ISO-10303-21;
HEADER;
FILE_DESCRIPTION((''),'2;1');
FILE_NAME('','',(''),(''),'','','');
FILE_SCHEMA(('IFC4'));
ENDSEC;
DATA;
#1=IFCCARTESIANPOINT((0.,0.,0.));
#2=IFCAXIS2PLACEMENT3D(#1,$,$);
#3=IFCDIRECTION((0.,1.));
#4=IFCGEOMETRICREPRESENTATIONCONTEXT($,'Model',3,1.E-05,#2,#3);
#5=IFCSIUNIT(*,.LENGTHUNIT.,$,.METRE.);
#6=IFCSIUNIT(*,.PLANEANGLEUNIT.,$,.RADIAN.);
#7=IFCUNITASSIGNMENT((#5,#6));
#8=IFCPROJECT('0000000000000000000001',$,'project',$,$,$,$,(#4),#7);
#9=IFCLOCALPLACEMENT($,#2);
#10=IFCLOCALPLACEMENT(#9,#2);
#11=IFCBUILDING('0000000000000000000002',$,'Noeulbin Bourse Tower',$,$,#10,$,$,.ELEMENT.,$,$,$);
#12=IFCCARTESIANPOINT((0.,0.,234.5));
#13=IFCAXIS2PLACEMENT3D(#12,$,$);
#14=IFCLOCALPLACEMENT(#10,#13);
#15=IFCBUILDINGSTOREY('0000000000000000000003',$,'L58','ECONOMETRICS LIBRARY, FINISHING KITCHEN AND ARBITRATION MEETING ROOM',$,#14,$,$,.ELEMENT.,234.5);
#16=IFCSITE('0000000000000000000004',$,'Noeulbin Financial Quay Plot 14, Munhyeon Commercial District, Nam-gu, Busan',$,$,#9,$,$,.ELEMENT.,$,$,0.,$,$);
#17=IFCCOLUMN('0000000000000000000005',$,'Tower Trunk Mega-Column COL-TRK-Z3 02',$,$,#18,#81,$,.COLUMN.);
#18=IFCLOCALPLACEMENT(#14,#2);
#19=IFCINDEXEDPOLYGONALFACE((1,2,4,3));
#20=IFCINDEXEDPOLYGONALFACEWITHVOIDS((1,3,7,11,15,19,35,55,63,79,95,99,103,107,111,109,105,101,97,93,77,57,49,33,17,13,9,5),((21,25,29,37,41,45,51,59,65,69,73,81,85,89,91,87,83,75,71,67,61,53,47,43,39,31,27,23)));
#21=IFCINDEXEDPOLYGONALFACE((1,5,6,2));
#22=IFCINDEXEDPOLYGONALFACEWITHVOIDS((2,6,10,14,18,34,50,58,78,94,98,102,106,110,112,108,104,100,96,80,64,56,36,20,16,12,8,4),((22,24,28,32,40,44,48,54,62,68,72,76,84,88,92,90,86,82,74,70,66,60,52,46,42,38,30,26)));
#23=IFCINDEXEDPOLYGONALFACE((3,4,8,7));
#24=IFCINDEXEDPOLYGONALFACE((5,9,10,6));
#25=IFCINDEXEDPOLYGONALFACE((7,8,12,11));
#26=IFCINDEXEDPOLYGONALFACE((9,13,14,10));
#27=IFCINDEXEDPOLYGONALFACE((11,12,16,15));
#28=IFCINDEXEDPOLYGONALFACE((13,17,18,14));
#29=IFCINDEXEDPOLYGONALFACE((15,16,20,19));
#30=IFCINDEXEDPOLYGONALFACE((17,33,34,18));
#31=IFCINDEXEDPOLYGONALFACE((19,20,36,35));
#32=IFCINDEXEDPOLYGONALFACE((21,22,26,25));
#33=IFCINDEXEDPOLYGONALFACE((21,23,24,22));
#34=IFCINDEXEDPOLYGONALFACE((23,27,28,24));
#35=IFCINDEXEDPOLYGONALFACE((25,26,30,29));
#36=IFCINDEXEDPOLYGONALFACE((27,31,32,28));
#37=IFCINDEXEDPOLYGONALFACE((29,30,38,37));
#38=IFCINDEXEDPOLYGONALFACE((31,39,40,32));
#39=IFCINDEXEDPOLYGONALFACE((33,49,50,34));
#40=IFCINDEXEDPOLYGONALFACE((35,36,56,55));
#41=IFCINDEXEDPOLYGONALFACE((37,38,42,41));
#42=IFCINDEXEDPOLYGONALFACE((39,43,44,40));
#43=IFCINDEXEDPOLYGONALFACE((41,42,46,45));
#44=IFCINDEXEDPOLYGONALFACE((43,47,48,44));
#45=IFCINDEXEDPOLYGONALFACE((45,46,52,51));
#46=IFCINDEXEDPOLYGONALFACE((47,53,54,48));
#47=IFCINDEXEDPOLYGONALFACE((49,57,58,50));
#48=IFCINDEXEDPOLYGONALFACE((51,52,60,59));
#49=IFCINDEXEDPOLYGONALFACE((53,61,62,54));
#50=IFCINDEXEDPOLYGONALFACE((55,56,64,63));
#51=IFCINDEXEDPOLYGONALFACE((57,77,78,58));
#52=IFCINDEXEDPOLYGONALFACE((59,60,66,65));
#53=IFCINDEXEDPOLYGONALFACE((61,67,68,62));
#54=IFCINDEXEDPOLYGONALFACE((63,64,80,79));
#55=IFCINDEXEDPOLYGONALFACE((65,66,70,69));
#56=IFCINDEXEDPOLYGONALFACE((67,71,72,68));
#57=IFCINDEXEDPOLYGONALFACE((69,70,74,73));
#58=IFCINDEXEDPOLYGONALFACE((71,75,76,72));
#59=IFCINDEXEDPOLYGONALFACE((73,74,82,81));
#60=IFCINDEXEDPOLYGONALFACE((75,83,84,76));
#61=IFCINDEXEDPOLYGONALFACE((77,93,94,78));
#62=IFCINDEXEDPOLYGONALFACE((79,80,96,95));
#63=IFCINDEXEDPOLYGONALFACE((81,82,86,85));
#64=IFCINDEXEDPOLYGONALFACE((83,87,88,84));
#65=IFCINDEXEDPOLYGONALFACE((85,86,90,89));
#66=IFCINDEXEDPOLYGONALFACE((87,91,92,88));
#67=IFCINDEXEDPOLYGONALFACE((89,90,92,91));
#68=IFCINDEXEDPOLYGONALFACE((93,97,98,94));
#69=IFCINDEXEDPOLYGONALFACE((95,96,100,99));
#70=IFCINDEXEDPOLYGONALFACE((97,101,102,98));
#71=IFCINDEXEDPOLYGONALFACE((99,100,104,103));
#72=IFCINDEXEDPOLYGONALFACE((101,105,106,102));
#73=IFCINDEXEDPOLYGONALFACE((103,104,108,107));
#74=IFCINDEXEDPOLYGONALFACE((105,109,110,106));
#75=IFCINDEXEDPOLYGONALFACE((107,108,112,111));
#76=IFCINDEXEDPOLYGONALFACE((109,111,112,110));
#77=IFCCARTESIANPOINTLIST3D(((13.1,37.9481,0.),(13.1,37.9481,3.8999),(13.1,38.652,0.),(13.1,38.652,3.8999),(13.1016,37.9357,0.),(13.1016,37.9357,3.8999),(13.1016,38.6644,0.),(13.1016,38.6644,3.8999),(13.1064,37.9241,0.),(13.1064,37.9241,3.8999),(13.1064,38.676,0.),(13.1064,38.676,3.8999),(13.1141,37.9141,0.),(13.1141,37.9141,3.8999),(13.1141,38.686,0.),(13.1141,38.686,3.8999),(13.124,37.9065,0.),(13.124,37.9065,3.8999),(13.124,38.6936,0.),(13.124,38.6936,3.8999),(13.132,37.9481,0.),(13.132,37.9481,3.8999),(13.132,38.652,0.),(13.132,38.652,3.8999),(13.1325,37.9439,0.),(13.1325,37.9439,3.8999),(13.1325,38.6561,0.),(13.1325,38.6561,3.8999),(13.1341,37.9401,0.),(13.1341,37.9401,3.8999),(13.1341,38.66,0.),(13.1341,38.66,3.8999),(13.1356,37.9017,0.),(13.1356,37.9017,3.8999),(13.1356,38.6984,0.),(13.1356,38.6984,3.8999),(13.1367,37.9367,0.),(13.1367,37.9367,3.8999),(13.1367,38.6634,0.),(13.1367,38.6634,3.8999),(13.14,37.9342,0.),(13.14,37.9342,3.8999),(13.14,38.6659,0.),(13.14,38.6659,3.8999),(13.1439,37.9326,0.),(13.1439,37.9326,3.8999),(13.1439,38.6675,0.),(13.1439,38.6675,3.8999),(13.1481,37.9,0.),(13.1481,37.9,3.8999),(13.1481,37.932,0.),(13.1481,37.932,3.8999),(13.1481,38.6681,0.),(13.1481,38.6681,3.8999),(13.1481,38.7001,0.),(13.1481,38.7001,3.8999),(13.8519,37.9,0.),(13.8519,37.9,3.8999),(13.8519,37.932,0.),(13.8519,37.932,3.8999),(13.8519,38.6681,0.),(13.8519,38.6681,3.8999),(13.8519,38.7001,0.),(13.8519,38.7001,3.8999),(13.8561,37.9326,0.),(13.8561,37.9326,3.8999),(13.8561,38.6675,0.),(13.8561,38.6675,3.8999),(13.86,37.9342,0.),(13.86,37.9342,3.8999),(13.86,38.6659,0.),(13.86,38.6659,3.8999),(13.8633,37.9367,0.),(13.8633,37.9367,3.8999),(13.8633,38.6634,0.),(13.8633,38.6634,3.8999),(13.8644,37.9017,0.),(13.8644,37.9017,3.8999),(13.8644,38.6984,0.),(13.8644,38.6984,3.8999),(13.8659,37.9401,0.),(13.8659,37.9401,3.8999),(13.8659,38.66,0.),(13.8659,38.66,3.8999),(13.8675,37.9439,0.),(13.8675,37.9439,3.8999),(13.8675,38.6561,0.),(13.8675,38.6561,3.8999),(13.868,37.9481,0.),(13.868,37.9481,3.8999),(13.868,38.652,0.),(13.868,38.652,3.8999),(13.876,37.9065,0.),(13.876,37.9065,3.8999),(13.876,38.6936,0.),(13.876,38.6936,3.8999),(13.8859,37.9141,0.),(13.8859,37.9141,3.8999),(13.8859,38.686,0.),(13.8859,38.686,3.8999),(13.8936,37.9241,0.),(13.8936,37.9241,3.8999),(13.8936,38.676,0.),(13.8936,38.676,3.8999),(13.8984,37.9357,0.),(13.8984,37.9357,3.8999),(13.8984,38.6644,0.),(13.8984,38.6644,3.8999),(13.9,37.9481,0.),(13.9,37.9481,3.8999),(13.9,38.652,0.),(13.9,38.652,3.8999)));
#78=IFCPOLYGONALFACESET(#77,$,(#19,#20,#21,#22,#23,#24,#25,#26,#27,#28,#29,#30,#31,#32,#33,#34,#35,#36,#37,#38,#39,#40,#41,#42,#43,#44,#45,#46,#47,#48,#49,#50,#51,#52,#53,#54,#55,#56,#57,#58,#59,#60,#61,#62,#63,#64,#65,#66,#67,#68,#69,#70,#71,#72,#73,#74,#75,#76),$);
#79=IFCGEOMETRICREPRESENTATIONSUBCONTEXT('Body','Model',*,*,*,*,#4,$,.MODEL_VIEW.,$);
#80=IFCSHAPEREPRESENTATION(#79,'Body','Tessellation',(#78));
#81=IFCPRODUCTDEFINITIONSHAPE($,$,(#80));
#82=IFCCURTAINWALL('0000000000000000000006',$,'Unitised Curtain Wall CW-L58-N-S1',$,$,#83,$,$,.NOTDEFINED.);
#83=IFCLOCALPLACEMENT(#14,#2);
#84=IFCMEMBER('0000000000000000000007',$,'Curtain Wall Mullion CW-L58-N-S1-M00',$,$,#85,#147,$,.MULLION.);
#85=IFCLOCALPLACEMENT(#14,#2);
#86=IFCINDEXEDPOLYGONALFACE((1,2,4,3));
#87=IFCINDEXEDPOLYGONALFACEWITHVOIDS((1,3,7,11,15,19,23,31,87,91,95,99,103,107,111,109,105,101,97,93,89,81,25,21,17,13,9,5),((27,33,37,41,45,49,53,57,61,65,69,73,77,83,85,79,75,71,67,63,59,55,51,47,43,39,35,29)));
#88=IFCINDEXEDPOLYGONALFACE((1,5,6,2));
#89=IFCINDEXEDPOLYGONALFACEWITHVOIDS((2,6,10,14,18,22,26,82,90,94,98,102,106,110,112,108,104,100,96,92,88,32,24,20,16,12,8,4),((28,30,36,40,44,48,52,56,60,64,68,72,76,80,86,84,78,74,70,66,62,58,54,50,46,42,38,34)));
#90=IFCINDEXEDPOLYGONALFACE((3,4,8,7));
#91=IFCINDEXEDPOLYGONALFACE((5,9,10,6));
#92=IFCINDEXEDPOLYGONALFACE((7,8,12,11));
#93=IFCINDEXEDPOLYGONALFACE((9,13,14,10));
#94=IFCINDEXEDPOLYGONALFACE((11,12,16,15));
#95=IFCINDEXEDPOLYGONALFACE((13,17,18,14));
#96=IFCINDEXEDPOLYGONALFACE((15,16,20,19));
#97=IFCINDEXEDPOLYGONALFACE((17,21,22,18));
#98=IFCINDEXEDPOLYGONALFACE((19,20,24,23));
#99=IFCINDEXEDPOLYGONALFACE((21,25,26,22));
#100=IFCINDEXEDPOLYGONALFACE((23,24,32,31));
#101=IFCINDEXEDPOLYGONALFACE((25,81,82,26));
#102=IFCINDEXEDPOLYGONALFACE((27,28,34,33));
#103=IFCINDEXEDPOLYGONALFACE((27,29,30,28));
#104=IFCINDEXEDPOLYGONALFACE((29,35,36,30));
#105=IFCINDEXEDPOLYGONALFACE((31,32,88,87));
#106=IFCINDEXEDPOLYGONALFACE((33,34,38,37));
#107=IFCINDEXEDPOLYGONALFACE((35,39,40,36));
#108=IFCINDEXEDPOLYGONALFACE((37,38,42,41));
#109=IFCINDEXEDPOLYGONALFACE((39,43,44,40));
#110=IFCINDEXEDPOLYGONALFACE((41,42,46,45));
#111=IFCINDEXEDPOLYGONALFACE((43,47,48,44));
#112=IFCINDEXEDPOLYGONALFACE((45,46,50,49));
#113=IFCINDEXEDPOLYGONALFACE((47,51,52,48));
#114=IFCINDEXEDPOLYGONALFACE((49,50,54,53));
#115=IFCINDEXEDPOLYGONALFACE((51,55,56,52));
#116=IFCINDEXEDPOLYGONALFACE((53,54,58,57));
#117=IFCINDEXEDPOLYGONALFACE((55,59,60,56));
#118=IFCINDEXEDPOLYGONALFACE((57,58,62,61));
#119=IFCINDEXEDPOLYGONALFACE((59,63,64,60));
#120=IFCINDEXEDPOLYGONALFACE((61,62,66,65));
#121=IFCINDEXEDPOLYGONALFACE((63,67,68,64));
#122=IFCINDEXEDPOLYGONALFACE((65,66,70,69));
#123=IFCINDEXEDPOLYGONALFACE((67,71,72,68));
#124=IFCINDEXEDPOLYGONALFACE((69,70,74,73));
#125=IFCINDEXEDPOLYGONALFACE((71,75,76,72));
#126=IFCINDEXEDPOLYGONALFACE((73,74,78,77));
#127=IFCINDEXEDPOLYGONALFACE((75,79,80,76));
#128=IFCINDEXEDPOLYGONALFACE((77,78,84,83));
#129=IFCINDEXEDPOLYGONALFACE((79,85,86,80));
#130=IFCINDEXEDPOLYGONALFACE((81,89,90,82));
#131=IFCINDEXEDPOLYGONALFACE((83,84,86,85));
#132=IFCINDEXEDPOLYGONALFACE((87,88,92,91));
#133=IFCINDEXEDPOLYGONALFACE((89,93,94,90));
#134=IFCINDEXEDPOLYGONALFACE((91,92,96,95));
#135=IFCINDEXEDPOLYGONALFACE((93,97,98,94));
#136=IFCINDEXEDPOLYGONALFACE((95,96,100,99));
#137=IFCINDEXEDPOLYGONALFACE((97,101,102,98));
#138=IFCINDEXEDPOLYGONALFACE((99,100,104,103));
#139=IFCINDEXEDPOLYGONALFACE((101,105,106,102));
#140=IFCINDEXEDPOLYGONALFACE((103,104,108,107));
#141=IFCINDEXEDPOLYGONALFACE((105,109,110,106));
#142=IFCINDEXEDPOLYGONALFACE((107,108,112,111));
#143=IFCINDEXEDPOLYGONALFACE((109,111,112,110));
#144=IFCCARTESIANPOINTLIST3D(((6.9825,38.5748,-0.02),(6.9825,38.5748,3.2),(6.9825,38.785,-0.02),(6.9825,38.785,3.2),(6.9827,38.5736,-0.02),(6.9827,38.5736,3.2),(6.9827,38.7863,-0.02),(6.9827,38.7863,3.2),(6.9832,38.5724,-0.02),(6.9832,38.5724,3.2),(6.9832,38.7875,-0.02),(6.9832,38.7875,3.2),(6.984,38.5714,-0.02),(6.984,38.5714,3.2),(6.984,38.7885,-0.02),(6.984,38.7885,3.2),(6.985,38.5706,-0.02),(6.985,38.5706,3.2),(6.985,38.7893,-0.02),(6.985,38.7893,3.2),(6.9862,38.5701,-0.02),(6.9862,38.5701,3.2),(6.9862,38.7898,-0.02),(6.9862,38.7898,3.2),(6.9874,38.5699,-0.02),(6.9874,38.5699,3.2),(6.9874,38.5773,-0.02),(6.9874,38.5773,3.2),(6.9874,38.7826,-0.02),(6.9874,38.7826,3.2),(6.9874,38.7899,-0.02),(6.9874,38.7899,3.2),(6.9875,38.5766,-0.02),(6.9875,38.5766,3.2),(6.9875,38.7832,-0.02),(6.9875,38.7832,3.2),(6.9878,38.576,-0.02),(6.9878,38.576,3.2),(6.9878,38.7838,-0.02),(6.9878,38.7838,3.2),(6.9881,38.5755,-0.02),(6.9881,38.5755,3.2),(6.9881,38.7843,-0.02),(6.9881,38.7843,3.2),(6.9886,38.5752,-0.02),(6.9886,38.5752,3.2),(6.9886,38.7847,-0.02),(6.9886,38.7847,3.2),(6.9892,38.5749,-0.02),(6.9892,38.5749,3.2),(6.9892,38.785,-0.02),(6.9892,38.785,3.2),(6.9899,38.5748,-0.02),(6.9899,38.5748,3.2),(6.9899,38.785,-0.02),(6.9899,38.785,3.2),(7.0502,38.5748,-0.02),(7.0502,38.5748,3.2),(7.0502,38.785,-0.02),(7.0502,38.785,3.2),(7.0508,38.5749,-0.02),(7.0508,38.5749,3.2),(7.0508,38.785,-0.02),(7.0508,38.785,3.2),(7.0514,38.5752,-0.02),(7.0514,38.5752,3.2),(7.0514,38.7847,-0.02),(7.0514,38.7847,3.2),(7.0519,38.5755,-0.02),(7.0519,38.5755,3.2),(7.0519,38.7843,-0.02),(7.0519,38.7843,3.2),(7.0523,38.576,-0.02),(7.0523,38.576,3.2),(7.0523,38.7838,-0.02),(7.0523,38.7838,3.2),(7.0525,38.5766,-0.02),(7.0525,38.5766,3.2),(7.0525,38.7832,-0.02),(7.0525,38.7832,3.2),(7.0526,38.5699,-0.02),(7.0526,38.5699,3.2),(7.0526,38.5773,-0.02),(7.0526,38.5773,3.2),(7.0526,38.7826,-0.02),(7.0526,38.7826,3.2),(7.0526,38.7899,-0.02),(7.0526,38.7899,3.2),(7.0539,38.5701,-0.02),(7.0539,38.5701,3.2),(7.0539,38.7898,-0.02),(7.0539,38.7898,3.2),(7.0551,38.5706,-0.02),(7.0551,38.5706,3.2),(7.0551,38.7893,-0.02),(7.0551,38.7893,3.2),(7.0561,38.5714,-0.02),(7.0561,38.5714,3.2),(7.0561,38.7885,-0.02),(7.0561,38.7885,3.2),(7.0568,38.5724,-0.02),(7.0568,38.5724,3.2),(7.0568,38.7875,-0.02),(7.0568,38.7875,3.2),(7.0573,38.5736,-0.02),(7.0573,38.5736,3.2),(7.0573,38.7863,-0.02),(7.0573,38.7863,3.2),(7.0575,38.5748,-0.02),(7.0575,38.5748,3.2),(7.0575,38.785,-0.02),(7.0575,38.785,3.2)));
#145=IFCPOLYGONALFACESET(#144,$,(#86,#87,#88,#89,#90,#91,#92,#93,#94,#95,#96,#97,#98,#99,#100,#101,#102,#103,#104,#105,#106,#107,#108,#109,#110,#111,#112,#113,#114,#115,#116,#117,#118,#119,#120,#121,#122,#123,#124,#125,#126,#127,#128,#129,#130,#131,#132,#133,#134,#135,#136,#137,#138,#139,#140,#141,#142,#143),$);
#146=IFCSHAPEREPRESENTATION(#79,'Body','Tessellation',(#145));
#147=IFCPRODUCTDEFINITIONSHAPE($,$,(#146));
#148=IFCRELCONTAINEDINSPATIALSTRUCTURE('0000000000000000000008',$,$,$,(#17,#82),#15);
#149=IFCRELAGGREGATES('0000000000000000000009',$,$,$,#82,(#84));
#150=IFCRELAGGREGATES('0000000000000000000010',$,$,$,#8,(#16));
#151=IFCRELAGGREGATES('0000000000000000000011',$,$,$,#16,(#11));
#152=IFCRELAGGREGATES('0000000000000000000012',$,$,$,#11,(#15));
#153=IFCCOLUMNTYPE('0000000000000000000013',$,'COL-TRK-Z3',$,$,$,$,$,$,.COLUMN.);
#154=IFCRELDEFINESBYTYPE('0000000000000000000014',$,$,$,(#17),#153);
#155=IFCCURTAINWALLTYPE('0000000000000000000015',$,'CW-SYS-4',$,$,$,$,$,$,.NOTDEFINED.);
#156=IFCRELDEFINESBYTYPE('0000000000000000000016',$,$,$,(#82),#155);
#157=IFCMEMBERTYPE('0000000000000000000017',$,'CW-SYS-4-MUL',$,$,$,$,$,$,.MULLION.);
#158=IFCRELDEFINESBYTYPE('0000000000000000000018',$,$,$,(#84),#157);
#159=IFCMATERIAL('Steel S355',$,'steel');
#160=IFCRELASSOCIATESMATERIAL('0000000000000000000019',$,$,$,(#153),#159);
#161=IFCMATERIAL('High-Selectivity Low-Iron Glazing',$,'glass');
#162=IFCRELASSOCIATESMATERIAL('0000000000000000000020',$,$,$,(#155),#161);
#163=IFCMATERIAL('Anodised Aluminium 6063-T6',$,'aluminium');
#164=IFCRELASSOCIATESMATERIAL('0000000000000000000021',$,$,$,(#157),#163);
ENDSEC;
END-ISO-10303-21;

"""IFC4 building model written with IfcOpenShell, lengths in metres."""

from ifc_helpers import new_model, si_unit, direction, frame, origin, origin_2d, place, context, subcontext, project, spatial, hollow_rectangle, extrude, material, material_profile, profile_set, type_object, element, aggregate, save


model = new_model("IFC4")

# Units and contexts
model_context = context("Model", 3, precision=1e-05, world=origin(), true_north=direction((0.0, 1.0)))
body_context = subcontext(model_context, "Body", "Model", "MODEL_VIEW")
ifc_project = project(units=[si_unit("LENGTHUNIT", "METRE"), si_unit("PLANEANGLEUNIT", "RADIAN")], contexts=[model_context])

# Site, building, storey
site_placement = place(None, origin())
site = spatial("IfcSite", under=ifc_project, at=site_placement, Name="Noeulbin Financial Quay Plot 14, Munhyeon Commercial District, Nam-gu, Busan", CompositionType="ELEMENT", RefElevation=0.0)
building_placement = place(site_placement, origin())
building = spatial("IfcBuilding", under=site, at=building_placement, Name="Noeulbin Bourse Tower", CompositionType="ELEMENT")
storey_placement = place(building_placement, frame((0.0, 0.0, 234.5)))
storey = spatial("IfcBuildingStorey", under=building, at=storey_placement, Name="L58", Description="ECONOMETRICS LIBRARY, FINISHING KITCHEN AND ARBITRATION MEETING ROOM", CompositionType="ELEMENT", Elevation=234.5)

# Column
ifc_material_1 = material(Name="Steel S355", Category="steel")
ifc_material_profile_1 = material_profile(ifc_material_1, hollow_rectangle(XDim=0.8, YDim=0.8, WallThickness=0.032, InnerFilletRadius=0.0161, OuterFilletRadius=0.0481, at=origin_2d()), Name="BOX-800x800x32", Category="LoadBearing")
ifc_profile_set_1 = profile_set([ifc_material_profile_1], Name="Steel S355")
column_type = type_object("IfcColumnType", Name="COL-TRK-Z3", PredefinedType="COLUMN", material=ifc_profile_set_1)
column_placement = place(storey_placement, frame((13.5, 38.3, 0.0), z_axis=(0.0, 0.0, 1.0), x_axis=(1.0, 0.0, 0.0)))
element("IfcColumn", 1, at=column_placement, inside=storey, type_object=column_type, Name="Tower Trunk Mega-Column COL-TRK-Z3 02", PredefinedType="COLUMN", context=body_context, shape_type="SweptSolid", body=[
    extrude(hollow_rectangle(XDim=0.8, YDim=0.8, WallThickness=0.032, InnerFilletRadius=0.0161, OuterFilletRadius=0.0481, at=origin_2d()), origin(), (0.0, 0.0, 1.0), 3.8999),
])

# Curtain wall, member
ifc_material_2 = material(Name="High-Selectivity Low-Iron Glazing", Category="glass")
curtain_wall_type = type_object("IfcCurtainWallType", Name="CW-SYS-4", PredefinedType="NOTDEFINED", material=ifc_material_2)
curtain_wall_1_placement = place(storey_placement, origin())
curtain_wall_1 = element("IfcCurtainWall", 2, at=curtain_wall_1_placement, inside=storey, type_object=curtain_wall_type, Name="Unitised Curtain Wall CW-L58-N-S1", PredefinedType="NOTDEFINED")
ifc_material_3 = material(Name="Anodised Aluminium 6063-T6", Category="aluminium")
ifc_material_profile_2 = material_profile(ifc_material_3, hollow_rectangle(XDim=0.075, YDim=0.22, WallThickness=0.0049, InnerFilletRadius=0.0024, OuterFilletRadius=0.0049, at=origin_2d()), Name="ALU-MULL-75x220x5", Category="LoadBearing")
ifc_profile_set_2 = profile_set([ifc_material_profile_2], Name="Anodised Aluminium 6063-T6")
member_type_1 = type_object("IfcMemberType", Name="CW-SYS-4-MUL", PredefinedType="MULLION", material=ifc_profile_set_2)
member_1_placement = place(storey_placement, frame((7.02, 38.6799, -0.02), z_axis=(0.0, 0.0, 1.0), x_axis=(1.0, 0.0, 0.0)))
member_1 = element("IfcMember", 3, at=member_1_placement, type_object=member_type_1, Name="Curtain Wall Mullion CW-L58-N-S1-M00", PredefinedType="MULLION", context=body_context, shape_type="SweptSolid", body=[
    extrude(hollow_rectangle(XDim=0.075, YDim=0.22, WallThickness=0.0049, InnerFilletRadius=0.0024, OuterFilletRadius=0.0049, at=origin_2d()), origin(), (0.0, 0.0, 1.0), 3.22),
])

aggregate(curtain_wall_1, [member_1])

save(model, "model.ifc")
